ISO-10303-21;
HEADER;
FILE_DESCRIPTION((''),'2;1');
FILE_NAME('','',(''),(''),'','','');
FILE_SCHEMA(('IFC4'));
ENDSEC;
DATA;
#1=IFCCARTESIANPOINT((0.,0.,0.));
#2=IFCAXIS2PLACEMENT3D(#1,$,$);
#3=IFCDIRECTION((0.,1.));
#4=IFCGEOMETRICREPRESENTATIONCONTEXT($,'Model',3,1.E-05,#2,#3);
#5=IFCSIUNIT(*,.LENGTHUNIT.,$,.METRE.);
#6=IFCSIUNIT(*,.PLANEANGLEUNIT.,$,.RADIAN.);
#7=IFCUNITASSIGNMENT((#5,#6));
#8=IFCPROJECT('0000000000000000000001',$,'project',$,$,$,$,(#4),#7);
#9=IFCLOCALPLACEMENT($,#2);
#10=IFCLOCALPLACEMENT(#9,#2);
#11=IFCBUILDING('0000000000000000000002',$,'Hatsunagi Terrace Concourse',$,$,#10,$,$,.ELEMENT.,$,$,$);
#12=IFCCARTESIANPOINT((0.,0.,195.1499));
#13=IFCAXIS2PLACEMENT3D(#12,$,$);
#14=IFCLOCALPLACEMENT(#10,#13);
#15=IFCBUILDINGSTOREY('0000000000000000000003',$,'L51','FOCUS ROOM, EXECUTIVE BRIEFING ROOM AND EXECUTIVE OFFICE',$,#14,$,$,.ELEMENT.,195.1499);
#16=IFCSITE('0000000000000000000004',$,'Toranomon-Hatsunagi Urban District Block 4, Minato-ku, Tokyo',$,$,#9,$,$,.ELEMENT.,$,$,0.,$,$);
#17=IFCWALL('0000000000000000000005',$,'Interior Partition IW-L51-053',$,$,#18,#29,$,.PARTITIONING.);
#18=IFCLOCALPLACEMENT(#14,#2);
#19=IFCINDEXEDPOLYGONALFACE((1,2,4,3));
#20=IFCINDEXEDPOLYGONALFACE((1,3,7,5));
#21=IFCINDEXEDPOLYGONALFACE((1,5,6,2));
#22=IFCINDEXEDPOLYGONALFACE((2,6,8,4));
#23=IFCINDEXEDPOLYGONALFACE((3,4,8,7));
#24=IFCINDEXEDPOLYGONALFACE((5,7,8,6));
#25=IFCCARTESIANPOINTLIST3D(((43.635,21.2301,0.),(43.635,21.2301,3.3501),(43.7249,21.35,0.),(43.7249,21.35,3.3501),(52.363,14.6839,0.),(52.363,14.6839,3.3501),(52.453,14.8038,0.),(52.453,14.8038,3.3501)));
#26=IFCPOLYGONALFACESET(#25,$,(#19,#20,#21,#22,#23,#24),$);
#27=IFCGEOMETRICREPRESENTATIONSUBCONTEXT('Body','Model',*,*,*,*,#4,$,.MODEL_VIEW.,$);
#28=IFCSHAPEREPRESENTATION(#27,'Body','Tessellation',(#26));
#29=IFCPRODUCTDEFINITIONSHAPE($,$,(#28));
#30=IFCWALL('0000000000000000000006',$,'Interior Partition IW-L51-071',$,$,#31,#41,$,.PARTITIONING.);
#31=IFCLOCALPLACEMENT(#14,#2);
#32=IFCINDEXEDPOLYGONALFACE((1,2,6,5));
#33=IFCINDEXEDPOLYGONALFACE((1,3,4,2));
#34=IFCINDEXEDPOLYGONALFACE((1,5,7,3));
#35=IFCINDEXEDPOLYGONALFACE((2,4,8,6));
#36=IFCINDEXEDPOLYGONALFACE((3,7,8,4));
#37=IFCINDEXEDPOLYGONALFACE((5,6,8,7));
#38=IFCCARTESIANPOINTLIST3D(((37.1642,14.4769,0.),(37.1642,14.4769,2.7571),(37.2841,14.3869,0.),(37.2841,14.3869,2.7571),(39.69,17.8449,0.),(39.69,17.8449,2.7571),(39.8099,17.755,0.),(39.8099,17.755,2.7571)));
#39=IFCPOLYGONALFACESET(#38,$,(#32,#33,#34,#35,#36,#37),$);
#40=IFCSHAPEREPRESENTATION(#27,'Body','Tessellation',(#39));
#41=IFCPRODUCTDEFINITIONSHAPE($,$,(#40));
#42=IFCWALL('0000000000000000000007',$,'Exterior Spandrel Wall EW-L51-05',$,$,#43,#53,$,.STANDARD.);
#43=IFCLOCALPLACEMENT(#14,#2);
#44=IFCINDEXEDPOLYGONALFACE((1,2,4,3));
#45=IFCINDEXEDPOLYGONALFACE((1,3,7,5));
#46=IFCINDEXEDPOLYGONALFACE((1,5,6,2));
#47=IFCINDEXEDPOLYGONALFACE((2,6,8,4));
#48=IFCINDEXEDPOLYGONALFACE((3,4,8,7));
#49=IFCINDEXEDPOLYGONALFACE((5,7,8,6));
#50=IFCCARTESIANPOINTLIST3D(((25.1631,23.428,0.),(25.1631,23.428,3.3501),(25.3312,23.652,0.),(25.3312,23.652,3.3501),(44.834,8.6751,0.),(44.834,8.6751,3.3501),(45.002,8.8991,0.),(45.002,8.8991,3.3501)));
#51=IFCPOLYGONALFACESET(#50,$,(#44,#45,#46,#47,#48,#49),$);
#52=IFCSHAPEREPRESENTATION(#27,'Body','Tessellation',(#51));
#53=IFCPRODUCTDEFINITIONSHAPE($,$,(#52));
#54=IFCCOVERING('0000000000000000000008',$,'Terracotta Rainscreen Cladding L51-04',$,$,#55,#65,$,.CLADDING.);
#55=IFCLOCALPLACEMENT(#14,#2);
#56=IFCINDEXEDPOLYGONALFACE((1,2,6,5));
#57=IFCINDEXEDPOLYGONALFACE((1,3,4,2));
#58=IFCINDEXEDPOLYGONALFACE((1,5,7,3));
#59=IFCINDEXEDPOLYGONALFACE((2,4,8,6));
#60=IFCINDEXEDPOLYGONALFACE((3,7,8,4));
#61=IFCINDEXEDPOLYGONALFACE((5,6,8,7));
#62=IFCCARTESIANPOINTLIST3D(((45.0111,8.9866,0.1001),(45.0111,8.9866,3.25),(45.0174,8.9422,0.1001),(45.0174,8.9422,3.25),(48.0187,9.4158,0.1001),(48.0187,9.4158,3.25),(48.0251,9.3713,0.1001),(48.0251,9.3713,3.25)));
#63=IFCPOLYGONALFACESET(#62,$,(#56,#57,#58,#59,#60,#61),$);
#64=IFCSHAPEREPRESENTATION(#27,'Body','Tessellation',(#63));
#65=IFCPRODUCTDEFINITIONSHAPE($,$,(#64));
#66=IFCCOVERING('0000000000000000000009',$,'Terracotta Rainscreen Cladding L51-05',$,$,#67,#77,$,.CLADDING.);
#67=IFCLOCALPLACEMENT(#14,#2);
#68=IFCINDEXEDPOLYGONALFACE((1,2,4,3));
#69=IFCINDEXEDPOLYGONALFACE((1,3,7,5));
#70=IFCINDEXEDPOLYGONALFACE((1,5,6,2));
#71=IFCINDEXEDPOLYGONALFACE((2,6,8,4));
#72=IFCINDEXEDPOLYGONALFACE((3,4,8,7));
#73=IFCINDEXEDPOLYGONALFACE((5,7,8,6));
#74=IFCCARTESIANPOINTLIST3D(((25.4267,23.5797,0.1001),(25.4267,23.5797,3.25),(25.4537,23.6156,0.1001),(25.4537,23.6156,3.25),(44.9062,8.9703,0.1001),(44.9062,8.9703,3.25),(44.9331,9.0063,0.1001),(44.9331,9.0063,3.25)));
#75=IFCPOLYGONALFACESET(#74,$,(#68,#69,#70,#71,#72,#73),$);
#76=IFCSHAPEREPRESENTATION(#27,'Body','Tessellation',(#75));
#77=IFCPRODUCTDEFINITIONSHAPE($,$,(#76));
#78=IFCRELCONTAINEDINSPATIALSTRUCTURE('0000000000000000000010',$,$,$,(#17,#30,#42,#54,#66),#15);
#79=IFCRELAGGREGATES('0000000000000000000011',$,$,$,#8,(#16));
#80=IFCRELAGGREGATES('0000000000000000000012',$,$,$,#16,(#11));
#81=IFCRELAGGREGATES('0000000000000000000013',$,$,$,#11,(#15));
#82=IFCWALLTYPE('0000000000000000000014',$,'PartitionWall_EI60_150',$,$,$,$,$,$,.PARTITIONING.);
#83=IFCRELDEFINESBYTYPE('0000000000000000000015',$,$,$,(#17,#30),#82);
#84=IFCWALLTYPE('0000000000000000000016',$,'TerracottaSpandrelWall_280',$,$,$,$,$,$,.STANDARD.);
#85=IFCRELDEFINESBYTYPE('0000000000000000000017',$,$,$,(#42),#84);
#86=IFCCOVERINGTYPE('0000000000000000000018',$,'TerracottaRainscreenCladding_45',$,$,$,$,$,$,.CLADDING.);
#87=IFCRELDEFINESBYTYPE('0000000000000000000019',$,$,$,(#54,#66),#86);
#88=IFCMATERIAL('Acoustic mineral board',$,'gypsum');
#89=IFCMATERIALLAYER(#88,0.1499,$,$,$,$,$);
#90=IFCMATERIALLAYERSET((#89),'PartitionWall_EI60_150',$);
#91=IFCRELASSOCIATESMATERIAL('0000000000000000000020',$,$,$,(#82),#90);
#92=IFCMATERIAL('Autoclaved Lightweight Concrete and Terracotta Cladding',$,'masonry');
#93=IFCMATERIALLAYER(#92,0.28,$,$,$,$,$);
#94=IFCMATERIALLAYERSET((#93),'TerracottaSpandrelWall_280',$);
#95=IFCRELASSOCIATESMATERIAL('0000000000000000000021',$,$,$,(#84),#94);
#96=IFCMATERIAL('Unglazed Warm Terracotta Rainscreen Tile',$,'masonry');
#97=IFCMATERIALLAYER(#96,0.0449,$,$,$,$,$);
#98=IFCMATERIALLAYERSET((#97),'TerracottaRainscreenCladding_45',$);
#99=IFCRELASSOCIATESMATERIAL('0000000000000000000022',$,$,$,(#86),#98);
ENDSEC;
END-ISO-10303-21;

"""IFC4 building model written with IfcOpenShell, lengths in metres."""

from ifc_helpers import new_model, si_unit, direction, frame, frame_2d, origin, origin_2d, place, context, subcontext, project, spatial, rectangle, extrude, material, layer, layer_set, type_object, element, save


model = new_model("IFC4")

# Units and contexts
model_context = context("Model", 3, precision=1e-05, world=origin(), true_north=direction((0.0, 1.0)))
body_context = subcontext(model_context, "Body", "Model", "MODEL_VIEW")
ifc_project = project(units=[si_unit("LENGTHUNIT", "METRE"), si_unit("PLANEANGLEUNIT", "RADIAN")], contexts=[model_context])

# Site, building, storey
site_placement = place(None, origin())
site = spatial("IfcSite", under=ifc_project, at=site_placement, Name="Toranomon-Hatsunagi Urban District Block 4, Minato-ku, Tokyo", CompositionType="ELEMENT", RefElevation=0.0)
building_placement = place(site_placement, origin())
building = spatial("IfcBuilding", under=site, at=building_placement, Name="Hatsunagi Terrace Concourse", CompositionType="ELEMENT")
storey_placement = place(building_placement, frame((0.0, 0.0, 195.1499)))
storey = spatial("IfcBuildingStorey", under=building, at=storey_placement, Name="L51", Description="FOCUS ROOM, EXECUTIVE BRIEFING ROOM AND EXECUTIVE OFFICE", CompositionType="ELEMENT", Elevation=195.1499)

# Wall
ifc_material_1 = material(Name="Acoustic mineral board", Category="gypsum")
ifc_layer_1 = layer(ifc_material_1, 0.1499)
ifc_layer_set_1 = layer_set([ifc_layer_1], Name="PartitionWall_EI60_150")
wall_type_1 = type_object("IfcWallType", Name="PartitionWall_EI60_150", PredefinedType="PARTITIONING", material=ifc_layer_set_1)
for number, where, z_axis, x_axis, name in (
    (1, (43.6799, 21.29, 0.0), (0.0, 0.0, 1.0), (0.799995, -0.600007, 0.0), "Interior Partition IW-L51-053"),
):
    element("IfcWall", number, at=place(storey_placement, frame(where, z_axis=z_axis, x_axis=x_axis)), inside=storey, type_object=wall_type_1, Name=name, PredefinedType="PARTITIONING", context=body_context, shape_type="SweptSolid", body=[
        extrude(rectangle(XDim=10.9102, YDim=0.1499, at=frame_2d((5.4551, 0.0))), origin(), (0.0, 0.0, 1.0), 3.3501),
    ])

# Walls
wall_1_placement = place(storey_placement, frame((37.2241, 14.4319, 0.0), z_axis=(0.0, 0.0, 1.0), x_axis=(0.599963, 0.800028, 0.0)))
element("IfcWall", 2, at=wall_1_placement, inside=storey, type_object=wall_type_1, Name="Interior Partition IW-L51-071", PredefinedType="PARTITIONING", context=body_context, shape_type="SweptSolid", body=[
    extrude(rectangle(XDim=4.21, YDim=0.1499, at=frame_2d((2.105, 0.0))), origin(), (0.0, 0.0, 1.0), 2.7571),
])
ifc_material_2 = material(Name="Autoclaved Lightweight Concrete and Terracotta Cladding", Category="masonry")
ifc_layer_2 = layer(ifc_material_2, 0.28)
ifc_layer_set_2 = layer_set([ifc_layer_2], Name="TerracottaSpandrelWall_280")
wall_type_2 = type_object("IfcWallType", Name="TerracottaSpandrelWall_280", PredefinedType="STANDARD", material=ifc_layer_set_2)
wall_2_placement = place(storey_placement, frame((44.918, 8.7871, 0.0), z_axis=(0.0, 0.0, 1.0), x_axis=(-0.800005, 0.599994, 0.0)))
element("IfcWall", 3, at=wall_2_placement, inside=storey, type_object=wall_type_2, Name="Exterior Spandrel Wall EW-L51-05", PredefinedType="STANDARD", context=body_context, shape_type="SweptSolid", body=[
    extrude(rectangle(XDim=24.5884, YDim=0.28, at=frame_2d((12.2942, 0.0))), origin(), (0.0, 0.0, 1.0), 3.3501),
])

# Coverings
ifc_material_3 = material(Name="Unglazed Warm Terracotta Rainscreen Tile", Category="masonry")
ifc_layer_3 = layer(ifc_material_3, 0.0449)
ifc_layer_set_3 = layer_set([ifc_layer_3], Name="TerracottaRainscreenCladding_45")
covering_type = type_object("IfcCoveringType", Name="TerracottaRainscreenCladding_45", PredefinedType="CLADDING", material=ifc_layer_set_3)
covering_1_placement = place(storey_placement, frame((46.5181, 9.179, 0.1001), z_axis=(0.0, 0.0, 1.0), x_axis=(-0.989974, -0.14125, 0.0)))
element("IfcCovering", 4, at=covering_1_placement, inside=storey, type_object=covering_type, Name="Terracotta Rainscreen Cladding L51-04", PredefinedType="CLADDING", context=body_context, shape_type="SweptSolid", body=[
    extrude(rectangle(XDim=3.0381, YDim=0.0449, at=origin_2d()), origin(), (0.0, 0.0, 1.0), 3.1499),
])
covering_2_placement = place(storey_placement, frame((35.1799, 16.293, 0.1001), z_axis=(0.0, 0.0, 1.0), x_axis=(-0.800005, 0.599993, 0.0)))
element("IfcCovering", 5, at=covering_2_placement, inside=storey, type_object=covering_type, Name="Terracotta Rainscreen Cladding L51-05", PredefinedType="CLADDING", context=body_context, shape_type="SweptSolid", body=[
    extrude(rectangle(XDim=24.3491, YDim=0.0449, at=origin_2d()), origin(), (0.0, 0.0, 1.0), 3.1499),
])

save(model, "model.ifc")
